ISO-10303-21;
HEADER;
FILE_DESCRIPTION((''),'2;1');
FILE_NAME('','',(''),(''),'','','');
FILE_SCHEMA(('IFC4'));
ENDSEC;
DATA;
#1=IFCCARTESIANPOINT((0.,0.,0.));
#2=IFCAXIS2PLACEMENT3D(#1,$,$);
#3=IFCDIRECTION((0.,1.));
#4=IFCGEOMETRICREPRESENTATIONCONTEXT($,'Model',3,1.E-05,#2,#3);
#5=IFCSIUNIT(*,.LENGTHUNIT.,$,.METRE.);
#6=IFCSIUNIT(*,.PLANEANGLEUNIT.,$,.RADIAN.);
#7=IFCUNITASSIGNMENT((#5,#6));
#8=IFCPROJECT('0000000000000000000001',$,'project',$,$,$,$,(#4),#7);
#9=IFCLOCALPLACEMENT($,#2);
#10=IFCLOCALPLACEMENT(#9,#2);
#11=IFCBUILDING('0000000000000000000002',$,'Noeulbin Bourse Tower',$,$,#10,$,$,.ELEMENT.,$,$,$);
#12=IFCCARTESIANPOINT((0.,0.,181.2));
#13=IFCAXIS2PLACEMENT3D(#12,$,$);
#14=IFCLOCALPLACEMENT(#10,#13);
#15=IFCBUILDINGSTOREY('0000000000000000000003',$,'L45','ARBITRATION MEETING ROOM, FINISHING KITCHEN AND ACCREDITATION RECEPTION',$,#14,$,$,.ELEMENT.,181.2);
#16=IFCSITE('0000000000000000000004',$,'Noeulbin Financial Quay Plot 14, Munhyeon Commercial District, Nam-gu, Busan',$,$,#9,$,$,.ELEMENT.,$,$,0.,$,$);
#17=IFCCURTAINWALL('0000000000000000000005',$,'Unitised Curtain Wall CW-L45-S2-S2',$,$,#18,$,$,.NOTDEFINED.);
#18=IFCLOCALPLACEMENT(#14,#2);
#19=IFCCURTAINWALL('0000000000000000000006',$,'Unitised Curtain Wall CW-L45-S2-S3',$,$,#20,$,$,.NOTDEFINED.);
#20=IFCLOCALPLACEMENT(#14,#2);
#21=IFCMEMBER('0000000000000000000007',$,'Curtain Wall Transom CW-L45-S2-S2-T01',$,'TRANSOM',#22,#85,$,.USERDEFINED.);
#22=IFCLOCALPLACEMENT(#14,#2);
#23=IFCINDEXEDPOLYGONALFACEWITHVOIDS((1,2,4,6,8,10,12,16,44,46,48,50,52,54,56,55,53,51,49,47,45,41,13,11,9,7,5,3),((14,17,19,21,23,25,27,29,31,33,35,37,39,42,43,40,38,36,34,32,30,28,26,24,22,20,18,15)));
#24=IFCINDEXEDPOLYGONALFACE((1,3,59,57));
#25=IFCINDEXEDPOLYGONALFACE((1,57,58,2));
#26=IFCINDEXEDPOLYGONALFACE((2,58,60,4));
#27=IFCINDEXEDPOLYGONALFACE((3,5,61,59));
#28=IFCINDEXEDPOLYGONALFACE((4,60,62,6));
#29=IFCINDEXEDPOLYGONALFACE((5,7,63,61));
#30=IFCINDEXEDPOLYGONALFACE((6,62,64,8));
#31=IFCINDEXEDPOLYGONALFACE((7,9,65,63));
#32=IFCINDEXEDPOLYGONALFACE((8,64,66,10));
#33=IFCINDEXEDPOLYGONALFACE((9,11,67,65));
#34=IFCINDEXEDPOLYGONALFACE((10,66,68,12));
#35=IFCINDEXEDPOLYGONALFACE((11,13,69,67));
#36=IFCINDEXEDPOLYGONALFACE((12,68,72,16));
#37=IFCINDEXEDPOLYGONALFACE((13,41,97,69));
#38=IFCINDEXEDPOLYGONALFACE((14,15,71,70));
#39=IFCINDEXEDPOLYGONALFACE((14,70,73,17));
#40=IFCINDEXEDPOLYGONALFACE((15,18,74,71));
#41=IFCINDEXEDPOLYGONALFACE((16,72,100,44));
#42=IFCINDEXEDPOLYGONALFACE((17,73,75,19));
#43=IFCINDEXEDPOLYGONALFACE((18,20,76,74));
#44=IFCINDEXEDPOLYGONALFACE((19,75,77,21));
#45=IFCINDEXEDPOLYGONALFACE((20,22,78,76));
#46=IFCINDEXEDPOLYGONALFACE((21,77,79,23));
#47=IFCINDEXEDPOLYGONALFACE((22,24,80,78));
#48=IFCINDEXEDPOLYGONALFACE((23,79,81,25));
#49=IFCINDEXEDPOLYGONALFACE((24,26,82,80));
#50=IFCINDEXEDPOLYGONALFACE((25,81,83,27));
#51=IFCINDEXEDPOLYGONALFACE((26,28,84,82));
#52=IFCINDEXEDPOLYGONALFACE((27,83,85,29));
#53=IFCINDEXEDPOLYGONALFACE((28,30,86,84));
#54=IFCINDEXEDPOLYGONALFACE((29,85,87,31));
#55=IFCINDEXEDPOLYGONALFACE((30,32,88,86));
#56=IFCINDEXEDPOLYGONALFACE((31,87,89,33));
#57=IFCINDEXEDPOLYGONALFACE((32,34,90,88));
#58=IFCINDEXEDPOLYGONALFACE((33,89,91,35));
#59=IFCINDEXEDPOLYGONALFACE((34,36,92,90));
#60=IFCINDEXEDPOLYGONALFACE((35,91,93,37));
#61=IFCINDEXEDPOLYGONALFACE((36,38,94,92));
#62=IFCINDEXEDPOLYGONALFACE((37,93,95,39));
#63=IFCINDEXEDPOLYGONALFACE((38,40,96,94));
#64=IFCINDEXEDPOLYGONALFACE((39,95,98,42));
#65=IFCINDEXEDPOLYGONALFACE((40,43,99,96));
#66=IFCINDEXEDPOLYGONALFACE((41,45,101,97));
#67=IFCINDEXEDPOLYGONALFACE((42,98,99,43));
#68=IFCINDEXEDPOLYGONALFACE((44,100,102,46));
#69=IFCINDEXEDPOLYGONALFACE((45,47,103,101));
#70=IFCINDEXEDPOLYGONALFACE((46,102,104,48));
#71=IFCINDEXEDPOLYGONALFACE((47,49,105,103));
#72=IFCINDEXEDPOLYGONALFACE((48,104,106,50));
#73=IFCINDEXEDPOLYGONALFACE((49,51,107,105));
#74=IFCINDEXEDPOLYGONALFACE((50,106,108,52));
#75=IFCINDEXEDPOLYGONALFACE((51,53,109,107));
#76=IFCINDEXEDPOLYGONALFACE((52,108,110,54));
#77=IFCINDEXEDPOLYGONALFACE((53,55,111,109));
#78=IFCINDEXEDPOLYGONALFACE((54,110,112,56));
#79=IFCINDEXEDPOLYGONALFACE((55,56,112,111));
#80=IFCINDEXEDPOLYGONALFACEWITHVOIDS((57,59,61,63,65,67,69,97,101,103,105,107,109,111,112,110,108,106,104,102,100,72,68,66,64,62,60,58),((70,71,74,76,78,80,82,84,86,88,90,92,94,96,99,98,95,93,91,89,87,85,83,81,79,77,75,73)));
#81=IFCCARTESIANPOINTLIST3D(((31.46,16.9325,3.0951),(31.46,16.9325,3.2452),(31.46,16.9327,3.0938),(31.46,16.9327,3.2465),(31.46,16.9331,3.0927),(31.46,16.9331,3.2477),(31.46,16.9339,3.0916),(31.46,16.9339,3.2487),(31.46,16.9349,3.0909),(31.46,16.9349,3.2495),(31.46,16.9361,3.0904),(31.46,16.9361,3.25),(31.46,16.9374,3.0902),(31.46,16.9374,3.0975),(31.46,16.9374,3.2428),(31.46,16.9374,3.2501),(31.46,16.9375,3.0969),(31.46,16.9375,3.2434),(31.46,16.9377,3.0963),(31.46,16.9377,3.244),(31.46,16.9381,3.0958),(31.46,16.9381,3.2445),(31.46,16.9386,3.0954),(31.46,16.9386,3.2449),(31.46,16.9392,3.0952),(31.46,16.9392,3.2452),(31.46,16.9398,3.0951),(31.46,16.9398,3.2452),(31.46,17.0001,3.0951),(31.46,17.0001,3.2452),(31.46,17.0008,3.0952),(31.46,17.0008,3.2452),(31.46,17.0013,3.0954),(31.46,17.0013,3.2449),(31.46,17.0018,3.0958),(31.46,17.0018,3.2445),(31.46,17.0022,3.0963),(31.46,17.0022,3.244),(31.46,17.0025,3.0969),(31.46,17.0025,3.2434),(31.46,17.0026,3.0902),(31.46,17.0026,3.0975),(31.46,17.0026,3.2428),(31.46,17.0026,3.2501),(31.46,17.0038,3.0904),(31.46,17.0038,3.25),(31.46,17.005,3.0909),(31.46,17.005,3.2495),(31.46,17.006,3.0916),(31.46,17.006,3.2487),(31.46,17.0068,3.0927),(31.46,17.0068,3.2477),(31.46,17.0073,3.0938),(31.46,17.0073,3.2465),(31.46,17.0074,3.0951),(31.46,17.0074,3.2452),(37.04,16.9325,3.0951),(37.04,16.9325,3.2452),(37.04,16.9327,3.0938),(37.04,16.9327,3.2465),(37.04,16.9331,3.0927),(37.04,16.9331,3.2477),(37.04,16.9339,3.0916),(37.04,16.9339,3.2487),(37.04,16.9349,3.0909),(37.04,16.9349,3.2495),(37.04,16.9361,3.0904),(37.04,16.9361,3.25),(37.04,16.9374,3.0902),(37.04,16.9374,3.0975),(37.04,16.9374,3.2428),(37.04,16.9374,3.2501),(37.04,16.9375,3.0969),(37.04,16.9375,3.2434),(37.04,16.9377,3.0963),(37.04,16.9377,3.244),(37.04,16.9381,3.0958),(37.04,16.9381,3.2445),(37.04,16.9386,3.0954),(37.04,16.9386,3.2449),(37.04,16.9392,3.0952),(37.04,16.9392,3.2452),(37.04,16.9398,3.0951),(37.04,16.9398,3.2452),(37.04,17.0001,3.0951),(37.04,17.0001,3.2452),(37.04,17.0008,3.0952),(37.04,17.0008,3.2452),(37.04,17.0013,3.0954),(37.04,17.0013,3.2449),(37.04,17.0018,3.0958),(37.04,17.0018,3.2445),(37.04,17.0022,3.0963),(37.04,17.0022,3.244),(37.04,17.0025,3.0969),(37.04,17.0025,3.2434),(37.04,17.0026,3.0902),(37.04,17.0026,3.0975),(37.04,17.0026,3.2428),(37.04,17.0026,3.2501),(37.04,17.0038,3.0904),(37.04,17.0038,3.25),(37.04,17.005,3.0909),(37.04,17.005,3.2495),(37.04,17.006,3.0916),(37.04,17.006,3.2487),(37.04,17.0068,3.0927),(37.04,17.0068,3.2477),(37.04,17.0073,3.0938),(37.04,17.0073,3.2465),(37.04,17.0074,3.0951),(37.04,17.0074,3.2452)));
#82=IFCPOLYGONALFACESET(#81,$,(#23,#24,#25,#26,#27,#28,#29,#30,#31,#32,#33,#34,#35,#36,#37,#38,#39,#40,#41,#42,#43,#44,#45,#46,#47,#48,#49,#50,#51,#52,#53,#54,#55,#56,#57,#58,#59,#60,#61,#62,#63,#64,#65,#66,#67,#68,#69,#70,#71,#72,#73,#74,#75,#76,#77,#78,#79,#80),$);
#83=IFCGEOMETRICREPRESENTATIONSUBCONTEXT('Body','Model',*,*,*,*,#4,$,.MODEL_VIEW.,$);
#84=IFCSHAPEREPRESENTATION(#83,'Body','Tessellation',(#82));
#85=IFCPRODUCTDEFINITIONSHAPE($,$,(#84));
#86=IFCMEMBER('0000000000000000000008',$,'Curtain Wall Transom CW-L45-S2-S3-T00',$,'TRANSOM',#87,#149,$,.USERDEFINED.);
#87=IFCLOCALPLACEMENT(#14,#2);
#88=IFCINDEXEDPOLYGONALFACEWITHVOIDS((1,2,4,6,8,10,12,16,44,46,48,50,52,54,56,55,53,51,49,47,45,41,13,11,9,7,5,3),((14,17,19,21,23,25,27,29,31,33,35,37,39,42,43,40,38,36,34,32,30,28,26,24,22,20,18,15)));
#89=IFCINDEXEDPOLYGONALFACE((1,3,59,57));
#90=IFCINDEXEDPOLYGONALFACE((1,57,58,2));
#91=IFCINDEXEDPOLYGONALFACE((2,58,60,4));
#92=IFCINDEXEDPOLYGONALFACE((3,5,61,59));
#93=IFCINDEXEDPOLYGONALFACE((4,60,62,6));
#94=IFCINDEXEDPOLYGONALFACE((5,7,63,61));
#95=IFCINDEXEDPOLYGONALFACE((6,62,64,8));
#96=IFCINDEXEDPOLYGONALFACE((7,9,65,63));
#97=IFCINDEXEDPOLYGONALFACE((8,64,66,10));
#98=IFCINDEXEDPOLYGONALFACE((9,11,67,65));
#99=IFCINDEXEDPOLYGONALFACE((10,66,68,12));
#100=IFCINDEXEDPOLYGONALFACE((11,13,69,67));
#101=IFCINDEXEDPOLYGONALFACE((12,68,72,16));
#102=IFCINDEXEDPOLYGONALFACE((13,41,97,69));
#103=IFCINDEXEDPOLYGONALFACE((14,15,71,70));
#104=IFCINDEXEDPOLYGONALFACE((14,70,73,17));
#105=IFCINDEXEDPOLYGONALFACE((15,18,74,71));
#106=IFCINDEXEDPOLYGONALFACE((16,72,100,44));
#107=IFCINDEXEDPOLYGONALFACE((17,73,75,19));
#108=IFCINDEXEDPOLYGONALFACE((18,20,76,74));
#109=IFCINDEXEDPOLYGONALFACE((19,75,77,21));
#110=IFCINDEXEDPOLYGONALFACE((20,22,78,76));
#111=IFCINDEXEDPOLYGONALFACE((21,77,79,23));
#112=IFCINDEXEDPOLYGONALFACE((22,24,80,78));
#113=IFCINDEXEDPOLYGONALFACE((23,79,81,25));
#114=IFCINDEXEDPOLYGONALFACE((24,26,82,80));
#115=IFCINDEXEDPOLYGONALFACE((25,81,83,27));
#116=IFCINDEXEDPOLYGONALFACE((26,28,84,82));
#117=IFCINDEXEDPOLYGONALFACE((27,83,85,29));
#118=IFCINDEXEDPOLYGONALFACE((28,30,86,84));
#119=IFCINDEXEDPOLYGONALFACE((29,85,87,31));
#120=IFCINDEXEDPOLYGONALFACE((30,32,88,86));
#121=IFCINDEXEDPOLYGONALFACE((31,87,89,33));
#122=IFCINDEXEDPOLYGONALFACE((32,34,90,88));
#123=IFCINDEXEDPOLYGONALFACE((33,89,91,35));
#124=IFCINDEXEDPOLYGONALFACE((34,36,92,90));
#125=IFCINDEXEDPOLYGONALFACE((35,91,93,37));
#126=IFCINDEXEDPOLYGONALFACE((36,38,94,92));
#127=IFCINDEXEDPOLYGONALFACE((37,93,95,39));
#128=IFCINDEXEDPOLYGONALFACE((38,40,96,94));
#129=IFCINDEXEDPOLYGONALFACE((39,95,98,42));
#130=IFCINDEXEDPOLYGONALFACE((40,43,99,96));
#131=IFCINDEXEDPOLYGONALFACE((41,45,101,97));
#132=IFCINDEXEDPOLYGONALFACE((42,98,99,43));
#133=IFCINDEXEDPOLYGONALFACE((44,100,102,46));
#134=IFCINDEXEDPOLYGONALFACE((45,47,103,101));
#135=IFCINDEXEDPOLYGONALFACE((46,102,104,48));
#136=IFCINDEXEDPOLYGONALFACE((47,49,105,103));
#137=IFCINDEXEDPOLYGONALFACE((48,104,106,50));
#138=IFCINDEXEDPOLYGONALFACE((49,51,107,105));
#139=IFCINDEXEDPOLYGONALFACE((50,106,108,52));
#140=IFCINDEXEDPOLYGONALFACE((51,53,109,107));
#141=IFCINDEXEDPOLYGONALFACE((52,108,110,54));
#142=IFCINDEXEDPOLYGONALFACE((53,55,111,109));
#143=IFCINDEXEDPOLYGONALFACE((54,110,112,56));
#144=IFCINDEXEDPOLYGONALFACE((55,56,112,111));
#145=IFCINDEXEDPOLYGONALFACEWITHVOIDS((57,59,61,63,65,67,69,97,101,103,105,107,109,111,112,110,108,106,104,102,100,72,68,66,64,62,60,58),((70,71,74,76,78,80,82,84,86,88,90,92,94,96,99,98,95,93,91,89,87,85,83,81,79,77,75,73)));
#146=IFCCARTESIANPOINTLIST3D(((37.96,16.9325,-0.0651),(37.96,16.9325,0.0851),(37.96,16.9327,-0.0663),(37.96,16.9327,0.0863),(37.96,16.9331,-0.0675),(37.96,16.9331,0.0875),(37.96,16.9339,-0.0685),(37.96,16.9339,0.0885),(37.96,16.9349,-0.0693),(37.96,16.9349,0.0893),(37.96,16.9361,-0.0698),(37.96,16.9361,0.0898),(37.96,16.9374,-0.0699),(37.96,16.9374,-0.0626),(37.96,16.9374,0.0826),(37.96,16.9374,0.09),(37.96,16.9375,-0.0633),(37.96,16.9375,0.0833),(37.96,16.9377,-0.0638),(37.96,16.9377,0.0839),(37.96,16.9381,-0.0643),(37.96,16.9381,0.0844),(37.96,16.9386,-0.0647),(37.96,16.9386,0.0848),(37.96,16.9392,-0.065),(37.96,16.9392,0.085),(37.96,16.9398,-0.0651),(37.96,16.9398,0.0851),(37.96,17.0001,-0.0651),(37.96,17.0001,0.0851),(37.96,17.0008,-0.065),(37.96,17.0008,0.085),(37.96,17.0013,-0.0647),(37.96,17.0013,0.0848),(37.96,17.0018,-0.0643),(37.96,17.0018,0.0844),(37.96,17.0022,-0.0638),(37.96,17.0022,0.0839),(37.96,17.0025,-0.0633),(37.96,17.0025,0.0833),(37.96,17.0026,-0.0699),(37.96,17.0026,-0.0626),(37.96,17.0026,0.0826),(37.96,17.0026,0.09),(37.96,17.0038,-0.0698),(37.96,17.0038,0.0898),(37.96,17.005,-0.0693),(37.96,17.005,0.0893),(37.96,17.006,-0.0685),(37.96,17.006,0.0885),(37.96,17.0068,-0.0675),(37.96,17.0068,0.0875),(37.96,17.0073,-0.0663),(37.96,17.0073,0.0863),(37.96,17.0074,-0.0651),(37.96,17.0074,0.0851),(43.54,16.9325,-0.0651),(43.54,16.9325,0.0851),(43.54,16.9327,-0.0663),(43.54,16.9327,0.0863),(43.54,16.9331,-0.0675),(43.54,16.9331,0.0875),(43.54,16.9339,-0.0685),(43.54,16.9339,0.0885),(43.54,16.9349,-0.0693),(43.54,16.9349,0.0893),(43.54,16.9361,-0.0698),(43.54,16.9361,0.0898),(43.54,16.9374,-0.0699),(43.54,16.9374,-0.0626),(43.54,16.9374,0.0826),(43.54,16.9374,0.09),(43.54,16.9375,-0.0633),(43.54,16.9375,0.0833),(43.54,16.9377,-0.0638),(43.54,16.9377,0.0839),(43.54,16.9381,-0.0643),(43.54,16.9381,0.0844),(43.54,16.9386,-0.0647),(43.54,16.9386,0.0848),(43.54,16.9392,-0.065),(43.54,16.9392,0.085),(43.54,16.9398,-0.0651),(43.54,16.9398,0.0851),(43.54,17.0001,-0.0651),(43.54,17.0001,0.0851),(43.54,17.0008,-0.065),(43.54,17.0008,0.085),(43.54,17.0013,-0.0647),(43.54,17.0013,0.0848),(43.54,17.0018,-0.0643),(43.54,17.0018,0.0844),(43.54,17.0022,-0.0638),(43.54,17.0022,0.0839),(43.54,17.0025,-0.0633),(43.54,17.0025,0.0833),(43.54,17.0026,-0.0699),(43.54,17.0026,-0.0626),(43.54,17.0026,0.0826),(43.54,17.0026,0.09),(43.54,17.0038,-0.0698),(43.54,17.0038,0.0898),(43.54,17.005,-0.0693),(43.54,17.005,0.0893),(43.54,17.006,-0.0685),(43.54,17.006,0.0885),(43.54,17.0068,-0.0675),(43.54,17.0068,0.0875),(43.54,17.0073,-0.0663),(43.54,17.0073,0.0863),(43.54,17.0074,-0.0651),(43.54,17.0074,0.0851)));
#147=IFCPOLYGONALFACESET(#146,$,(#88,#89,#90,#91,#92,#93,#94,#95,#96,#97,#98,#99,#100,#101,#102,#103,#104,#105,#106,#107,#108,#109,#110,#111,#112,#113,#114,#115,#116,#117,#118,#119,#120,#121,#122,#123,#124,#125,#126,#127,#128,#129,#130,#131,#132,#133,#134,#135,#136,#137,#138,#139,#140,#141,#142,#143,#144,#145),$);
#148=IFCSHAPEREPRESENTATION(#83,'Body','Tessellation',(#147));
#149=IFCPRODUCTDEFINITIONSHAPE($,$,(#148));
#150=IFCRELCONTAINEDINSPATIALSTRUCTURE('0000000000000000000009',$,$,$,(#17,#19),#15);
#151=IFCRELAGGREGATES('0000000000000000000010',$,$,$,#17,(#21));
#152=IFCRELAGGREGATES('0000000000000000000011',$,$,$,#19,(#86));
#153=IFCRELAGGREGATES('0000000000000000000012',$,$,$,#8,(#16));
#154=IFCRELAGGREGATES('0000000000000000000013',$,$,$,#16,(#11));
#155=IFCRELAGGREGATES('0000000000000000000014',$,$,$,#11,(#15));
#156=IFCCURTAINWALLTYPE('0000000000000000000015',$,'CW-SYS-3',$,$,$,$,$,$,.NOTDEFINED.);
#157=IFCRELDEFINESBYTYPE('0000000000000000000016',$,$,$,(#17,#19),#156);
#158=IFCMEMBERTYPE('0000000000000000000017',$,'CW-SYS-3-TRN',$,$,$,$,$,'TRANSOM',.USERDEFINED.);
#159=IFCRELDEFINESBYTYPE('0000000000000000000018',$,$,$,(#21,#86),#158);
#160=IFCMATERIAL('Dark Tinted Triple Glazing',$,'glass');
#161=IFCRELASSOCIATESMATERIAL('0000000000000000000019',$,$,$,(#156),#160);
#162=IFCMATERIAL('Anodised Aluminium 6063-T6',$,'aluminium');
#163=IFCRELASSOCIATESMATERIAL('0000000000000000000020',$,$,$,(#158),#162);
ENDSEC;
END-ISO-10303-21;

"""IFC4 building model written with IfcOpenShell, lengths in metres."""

from ifc_helpers import new_model, si_unit, direction, frame, origin, origin_2d, place, context, subcontext, project, spatial, hollow_rectangle, extrude, material, material_profile, profile_set, type_object, element, aggregate, save


model = new_model("IFC4")

# Units and contexts
model_context = context("Model", 3, precision=1e-05, world=origin(), true_north=direction((0.0, 1.0)))
body_context = subcontext(model_context, "Body", "Model", "MODEL_VIEW")
ifc_project = project(units=[si_unit("LENGTHUNIT", "METRE"), si_unit("PLANEANGLEUNIT", "RADIAN")], contexts=[model_context])

# Site, building, storey
site_placement = place(None, origin())
site = spatial("IfcSite", under=ifc_project, at=site_placement, Name="Noeulbin Financial Quay Plot 14, Munhyeon Commercial District, Nam-gu, Busan", CompositionType="ELEMENT", RefElevation=0.0)
building_placement = place(site_placement, origin())
building = spatial("IfcBuilding", under=site, at=building_placement, Name="Noeulbin Bourse Tower", CompositionType="ELEMENT")
storey_placement = place(building_placement, frame((0.0, 0.0, 181.2)))
storey = spatial("IfcBuildingStorey", under=building, at=storey_placement, Name="L45", Description="ARBITRATION MEETING ROOM, FINISHING KITCHEN AND ACCREDITATION RECEPTION", CompositionType="ELEMENT", Elevation=181.2)

# Curtain wall
ifc_material_1 = material(Name="Dark Tinted Triple Glazing", Category="glass")
curtain_wall_type = type_object("IfcCurtainWallType", Name="CW-SYS-3", PredefinedType="NOTDEFINED", material=ifc_material_1)
curtain_wall_1_placement = place(storey_placement, origin())
curtain_wall_1 = element("IfcCurtainWall", 1, at=curtain_wall_1_placement, inside=storey, type_object=curtain_wall_type, Name="Unitised Curtain Wall CW-L45-S2-S2", PredefinedType="NOTDEFINED")
ifc_material_2 = material(Name="Anodised Aluminium 6063-T6", Category="aluminium")

# Curtain wall
curtain_wall_2_placement = place(storey_placement, origin())
curtain_wall_2 = element("IfcCurtainWall", 2, at=curtain_wall_2_placement, inside=storey, type_object=curtain_wall_type, Name="Unitised Curtain Wall CW-L45-S2-S3", PredefinedType="NOTDEFINED")

# Members
ifc_material_profile_1 = material_profile(ifc_material_2, hollow_rectangle(XDim=0.075, YDim=0.1599, WallThickness=0.0049, InnerFilletRadius=0.0024, OuterFilletRadius=0.0049, at=origin_2d()), Name="ALU-TRAN-75x160x5", Category="LoadBearing")
ifc_profile_set_1 = profile_set([ifc_material_profile_1], Name="Anodised Aluminium 6063-T6")
member_type_1 = type_object("IfcMemberType", Name="CW-SYS-3-TRN", ElementType="TRANSOM", PredefinedType="USERDEFINED", material=ifc_profile_set_1)
member_1_placement = place(storey_placement, frame((31.46, 16.97, 3.1702), z_axis=(1.0, 0.0, 0.0), x_axis=(0.0, 1.0, 0.0)))
member_1 = element("IfcMember", 3, at=member_1_placement, type_object=member_type_1, Name="Curtain Wall Transom CW-L45-S2-S2-T01", ObjectType="TRANSOM", PredefinedType="USERDEFINED", context=body_context, shape_type="SweptSolid", body=[
    extrude(hollow_rectangle(XDim=0.075, YDim=0.1599, WallThickness=0.0049, InnerFilletRadius=0.0024, OuterFilletRadius=0.0049, at=origin_2d()), origin(), (0.0, 0.0, 1.0), 5.5801),
])
member_2_placement = place(storey_placement, frame((37.96, 16.97, 0.01), z_axis=(1.0, 0.0, 0.0), x_axis=(0.0, 1.0, 0.0)))
member_2 = element("IfcMember", 4, at=member_2_placement, type_object=member_type_1, Name="Curtain Wall Transom CW-L45-S2-S3-T00", ObjectType="TRANSOM", PredefinedType="USERDEFINED", context=body_context, shape_type="SweptSolid", body=[
    extrude(hollow_rectangle(XDim=0.075, YDim=0.1599, WallThickness=0.0049, InnerFilletRadius=0.0024, OuterFilletRadius=0.0049, at=origin_2d()), origin(), (0.0, 0.0, 1.0), 5.5801),
])

aggregate(curtain_wall_1, [member_1])
aggregate(curtain_wall_2, [member_2])

save(model, "model.ifc")
